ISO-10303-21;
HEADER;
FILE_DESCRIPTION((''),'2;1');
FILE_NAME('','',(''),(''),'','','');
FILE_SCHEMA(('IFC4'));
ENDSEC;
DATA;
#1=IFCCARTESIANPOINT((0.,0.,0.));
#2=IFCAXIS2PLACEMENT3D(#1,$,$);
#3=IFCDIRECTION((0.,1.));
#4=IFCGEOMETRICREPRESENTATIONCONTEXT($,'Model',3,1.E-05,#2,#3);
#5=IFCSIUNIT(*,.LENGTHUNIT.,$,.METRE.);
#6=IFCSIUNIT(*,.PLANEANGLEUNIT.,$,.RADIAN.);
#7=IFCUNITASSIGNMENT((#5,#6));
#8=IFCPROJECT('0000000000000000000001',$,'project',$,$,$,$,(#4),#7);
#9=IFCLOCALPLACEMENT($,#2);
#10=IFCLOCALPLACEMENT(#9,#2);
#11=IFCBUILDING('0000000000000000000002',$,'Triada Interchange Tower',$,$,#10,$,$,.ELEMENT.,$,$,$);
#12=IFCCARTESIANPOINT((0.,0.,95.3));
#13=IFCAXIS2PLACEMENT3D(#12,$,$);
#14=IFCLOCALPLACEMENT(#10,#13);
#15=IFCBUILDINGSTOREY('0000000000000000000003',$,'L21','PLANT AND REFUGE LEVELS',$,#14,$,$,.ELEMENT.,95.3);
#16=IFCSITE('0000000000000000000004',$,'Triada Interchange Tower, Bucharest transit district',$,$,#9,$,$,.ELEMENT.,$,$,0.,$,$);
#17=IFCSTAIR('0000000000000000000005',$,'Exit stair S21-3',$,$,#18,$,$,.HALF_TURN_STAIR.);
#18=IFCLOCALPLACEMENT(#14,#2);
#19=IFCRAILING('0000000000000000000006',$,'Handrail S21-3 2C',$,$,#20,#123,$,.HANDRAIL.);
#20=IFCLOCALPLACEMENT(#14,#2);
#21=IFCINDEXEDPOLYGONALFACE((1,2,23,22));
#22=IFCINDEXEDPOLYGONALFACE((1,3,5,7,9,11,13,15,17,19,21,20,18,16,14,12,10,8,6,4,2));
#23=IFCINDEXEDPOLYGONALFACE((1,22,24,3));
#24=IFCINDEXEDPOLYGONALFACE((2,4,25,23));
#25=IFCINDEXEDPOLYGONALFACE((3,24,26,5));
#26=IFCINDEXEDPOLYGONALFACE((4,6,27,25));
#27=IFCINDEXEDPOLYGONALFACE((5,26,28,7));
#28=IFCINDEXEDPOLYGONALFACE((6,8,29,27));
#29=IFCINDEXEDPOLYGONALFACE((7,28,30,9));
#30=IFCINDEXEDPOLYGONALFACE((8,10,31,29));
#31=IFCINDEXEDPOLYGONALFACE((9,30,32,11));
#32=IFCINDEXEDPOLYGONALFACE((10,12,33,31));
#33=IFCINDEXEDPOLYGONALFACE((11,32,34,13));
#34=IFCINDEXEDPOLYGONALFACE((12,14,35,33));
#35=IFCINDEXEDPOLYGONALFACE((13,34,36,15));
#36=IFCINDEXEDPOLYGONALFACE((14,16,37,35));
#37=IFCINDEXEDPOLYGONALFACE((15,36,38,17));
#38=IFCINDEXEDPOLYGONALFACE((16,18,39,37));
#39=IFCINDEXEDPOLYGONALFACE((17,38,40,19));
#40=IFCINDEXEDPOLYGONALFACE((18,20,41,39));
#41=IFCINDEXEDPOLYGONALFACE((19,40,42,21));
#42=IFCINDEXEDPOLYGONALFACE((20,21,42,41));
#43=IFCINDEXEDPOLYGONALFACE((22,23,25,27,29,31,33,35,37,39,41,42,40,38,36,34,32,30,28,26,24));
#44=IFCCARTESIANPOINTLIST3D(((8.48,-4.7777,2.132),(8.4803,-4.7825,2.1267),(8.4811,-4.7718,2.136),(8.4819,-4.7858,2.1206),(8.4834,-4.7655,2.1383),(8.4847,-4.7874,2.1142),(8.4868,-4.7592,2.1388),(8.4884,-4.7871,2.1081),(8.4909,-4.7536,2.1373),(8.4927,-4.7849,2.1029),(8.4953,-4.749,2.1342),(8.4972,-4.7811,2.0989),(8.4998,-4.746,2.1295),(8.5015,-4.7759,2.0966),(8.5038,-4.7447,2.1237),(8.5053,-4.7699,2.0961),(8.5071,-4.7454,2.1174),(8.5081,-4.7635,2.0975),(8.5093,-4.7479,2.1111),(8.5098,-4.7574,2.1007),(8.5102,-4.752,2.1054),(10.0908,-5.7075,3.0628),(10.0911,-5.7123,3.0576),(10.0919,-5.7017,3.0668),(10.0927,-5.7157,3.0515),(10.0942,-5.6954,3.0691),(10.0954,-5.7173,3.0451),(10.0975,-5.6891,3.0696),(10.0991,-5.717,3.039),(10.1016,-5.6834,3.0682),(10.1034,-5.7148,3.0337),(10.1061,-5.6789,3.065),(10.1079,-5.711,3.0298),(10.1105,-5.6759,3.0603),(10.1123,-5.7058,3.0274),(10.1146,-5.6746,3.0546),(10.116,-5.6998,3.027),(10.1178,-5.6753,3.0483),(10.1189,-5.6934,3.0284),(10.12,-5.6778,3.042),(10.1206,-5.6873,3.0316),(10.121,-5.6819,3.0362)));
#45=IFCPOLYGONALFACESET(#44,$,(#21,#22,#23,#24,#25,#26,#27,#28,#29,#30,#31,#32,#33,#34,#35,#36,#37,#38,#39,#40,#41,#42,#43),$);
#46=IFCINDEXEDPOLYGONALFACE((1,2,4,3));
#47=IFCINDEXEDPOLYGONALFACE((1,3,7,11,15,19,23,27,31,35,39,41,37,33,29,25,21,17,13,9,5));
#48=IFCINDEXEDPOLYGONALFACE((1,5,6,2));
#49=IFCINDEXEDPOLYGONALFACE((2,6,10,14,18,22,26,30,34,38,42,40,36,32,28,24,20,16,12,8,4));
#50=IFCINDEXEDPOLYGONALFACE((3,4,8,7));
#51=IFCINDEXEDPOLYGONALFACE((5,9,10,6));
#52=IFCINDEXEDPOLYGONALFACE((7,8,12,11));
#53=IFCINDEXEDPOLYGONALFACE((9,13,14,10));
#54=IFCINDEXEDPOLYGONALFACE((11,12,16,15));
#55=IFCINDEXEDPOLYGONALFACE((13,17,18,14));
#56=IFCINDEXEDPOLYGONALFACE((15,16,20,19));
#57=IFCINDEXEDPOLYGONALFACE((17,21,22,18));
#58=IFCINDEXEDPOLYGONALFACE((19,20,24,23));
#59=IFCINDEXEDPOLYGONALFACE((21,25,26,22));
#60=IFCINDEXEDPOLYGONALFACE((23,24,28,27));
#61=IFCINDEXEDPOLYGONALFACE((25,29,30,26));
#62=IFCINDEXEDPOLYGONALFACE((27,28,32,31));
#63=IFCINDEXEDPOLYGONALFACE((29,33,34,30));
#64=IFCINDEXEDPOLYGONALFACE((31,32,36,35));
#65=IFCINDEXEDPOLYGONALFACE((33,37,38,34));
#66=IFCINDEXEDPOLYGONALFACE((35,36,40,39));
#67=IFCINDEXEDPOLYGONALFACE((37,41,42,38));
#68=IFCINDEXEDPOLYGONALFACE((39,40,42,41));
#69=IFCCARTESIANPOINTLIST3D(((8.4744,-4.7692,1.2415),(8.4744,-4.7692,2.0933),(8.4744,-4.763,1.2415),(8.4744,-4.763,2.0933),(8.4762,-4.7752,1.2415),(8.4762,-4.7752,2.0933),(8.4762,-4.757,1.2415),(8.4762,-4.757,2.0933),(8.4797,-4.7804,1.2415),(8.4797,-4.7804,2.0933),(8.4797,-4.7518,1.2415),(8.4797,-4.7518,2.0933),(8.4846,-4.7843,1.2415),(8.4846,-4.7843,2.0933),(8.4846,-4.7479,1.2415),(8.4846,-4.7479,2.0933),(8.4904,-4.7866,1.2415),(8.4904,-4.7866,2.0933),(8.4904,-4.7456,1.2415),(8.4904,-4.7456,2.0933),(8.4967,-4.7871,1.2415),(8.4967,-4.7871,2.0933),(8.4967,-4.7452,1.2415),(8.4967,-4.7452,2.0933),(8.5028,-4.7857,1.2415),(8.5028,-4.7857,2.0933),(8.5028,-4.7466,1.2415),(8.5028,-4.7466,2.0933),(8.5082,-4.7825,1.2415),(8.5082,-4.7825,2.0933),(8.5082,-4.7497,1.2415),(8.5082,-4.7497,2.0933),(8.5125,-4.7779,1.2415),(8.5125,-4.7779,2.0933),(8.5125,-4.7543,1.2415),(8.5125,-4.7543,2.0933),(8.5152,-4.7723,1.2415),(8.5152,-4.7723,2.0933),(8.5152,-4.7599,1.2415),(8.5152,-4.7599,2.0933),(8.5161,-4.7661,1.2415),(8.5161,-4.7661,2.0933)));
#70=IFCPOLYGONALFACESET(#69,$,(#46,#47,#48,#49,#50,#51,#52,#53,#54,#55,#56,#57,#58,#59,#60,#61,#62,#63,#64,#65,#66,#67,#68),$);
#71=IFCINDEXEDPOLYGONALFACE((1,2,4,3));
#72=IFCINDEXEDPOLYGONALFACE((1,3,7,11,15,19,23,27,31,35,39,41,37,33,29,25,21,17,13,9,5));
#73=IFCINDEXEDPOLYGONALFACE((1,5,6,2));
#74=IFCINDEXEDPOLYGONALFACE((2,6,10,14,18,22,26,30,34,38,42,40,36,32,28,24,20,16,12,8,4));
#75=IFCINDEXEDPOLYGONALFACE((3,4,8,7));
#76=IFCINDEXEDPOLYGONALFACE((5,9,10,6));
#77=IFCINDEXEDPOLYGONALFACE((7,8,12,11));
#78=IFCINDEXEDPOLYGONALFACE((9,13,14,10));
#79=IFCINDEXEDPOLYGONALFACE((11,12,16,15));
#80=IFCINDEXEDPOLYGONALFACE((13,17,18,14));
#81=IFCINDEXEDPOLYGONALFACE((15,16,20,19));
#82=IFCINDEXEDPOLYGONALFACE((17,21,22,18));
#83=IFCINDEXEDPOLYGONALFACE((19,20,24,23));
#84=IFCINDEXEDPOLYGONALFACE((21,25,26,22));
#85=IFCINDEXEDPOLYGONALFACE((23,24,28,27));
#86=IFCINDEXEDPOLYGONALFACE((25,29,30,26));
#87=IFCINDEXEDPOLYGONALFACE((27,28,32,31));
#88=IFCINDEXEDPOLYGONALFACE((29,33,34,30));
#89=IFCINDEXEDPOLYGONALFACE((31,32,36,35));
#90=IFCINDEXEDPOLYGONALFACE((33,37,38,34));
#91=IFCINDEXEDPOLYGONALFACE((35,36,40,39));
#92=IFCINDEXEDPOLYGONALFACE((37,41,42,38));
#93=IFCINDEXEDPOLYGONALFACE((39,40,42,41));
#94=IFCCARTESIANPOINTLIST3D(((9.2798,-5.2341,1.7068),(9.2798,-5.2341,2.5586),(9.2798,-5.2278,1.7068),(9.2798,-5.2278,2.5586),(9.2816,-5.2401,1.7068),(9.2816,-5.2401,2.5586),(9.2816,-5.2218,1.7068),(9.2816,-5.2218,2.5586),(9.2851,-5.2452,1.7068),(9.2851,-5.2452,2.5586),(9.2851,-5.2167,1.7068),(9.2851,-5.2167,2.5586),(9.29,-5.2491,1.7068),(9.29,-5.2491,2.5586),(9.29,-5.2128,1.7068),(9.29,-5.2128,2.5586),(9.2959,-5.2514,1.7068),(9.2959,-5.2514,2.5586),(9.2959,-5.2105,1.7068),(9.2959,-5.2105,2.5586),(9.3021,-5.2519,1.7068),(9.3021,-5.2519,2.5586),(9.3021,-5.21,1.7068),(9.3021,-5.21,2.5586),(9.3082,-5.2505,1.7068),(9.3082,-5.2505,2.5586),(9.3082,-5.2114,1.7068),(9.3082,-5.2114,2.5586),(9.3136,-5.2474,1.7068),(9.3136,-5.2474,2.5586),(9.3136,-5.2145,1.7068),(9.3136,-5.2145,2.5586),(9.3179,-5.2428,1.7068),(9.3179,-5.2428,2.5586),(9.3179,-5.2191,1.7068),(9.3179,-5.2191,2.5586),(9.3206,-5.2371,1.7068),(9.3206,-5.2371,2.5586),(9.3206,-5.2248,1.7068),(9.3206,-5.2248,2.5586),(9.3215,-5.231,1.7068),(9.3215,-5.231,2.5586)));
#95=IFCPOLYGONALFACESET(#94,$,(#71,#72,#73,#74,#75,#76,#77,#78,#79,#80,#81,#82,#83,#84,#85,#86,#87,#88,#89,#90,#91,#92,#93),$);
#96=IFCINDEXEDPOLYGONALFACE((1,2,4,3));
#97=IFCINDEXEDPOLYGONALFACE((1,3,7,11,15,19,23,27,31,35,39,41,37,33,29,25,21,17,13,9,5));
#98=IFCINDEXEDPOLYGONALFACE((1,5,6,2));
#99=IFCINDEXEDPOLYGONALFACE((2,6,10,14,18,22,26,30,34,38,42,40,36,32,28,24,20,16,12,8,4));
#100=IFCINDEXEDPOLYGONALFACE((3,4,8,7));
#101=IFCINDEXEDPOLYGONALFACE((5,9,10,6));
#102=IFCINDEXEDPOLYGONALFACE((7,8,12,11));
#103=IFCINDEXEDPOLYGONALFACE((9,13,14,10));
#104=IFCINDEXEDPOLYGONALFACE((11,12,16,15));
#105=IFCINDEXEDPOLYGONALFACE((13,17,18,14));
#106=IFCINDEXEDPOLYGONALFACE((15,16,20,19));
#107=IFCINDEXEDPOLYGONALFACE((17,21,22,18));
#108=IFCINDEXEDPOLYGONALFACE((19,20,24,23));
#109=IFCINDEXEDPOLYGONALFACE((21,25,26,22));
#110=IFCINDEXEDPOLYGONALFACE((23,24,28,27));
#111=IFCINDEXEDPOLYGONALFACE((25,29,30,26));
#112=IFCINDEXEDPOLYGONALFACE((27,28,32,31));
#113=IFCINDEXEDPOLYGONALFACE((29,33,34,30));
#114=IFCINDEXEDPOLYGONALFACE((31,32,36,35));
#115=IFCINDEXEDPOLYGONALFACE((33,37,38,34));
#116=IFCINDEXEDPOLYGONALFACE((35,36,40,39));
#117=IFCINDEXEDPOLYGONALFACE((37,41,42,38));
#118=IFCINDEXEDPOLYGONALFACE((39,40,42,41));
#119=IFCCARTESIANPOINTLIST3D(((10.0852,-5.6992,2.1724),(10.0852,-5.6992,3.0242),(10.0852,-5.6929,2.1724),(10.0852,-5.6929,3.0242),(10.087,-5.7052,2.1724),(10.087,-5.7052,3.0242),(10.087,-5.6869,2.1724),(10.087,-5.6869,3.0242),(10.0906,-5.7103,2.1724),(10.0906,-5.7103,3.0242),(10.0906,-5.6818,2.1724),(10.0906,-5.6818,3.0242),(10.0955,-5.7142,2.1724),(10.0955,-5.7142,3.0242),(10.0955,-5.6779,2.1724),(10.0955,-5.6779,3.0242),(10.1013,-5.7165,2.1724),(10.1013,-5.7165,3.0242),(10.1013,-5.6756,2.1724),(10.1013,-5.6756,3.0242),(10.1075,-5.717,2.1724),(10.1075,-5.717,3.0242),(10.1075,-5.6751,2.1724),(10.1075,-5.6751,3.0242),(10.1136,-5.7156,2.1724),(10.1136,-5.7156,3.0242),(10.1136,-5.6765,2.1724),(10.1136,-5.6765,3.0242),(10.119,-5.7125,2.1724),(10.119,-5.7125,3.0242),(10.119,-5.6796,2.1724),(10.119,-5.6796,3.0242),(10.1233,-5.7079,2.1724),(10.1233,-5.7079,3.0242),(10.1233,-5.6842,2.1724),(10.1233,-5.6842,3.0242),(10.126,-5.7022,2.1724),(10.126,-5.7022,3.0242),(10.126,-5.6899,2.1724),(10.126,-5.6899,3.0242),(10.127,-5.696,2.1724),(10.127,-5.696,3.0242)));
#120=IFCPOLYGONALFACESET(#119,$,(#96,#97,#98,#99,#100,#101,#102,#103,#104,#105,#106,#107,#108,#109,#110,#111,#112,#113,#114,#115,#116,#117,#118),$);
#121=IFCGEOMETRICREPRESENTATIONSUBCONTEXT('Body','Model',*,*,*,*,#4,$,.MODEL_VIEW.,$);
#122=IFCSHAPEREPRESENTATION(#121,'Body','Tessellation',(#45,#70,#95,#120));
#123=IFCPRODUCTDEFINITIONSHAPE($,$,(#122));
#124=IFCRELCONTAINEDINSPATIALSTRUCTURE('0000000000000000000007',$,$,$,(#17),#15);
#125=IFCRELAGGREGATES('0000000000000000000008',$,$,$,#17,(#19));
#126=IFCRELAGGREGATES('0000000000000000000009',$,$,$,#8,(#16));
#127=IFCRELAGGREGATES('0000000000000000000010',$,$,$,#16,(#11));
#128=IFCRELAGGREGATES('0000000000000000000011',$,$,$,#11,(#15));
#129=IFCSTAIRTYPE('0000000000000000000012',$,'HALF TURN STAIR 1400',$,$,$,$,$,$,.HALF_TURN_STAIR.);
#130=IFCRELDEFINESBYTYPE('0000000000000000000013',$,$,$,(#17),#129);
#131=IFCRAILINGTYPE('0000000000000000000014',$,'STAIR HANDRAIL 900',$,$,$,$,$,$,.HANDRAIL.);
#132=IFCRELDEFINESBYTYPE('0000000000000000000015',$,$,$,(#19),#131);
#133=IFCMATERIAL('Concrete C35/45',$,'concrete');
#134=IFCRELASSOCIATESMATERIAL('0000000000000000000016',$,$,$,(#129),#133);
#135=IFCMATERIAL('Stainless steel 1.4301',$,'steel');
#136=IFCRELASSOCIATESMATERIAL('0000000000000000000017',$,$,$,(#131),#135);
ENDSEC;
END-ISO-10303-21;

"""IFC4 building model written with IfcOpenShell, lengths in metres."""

from ifc_helpers import new_model, si_unit, direction, frame, origin, origin_2d, place, context, subcontext, project, spatial, circle, extrude, material, type_object, element, aggregate, save


model = new_model("IFC4")

# Units and contexts
model_context = context("Model", 3, precision=1e-05, world=origin(), true_north=direction((0.0, 1.0)))
body_context = subcontext(model_context, "Body", "Model", "MODEL_VIEW")
ifc_project = project(units=[si_unit("LENGTHUNIT", "METRE"), si_unit("PLANEANGLEUNIT", "RADIAN")], contexts=[model_context])

# Site, building, storey
site_placement = place(None, origin())
site = spatial("IfcSite", under=ifc_project, at=site_placement, Name="Triada Interchange Tower, Bucharest transit district", CompositionType="ELEMENT", RefElevation=0.0)
building_placement = place(site_placement, origin())
building = spatial("IfcBuilding", under=site, at=building_placement, Name="Triada Interchange Tower", CompositionType="ELEMENT")
storey_placement = place(building_placement, frame((0.0, 0.0, 95.3)))
storey = spatial("IfcBuildingStorey", under=building, at=storey_placement, Name="L21", Description="PLANT AND REFUGE LEVELS", CompositionType="ELEMENT", Elevation=95.3)

# Shared definitions
ifc_material_1 = material(Name="Concrete C35/45", Category="concrete")

# Stair, railing
stair_type = type_object("IfcStairType", Name="HALF TURN STAIR 1400", PredefinedType="HALF_TURN_STAIR", material=ifc_material_1)
stair_placement = place(storey_placement, origin())
stair = element("IfcStair", 1, at=stair_placement, inside=storey, type_object=stair_type, Name="Exit stair S21-3", PredefinedType="HALF_TURN_STAIR")
ifc_material_2 = material(Name="Stainless steel 1.4301", Category="steel")
railing_type_1 = type_object("IfcRailingType", Name="STAIR HANDRAIL 900", PredefinedType="HANDRAIL", material=ifc_material_2)
railing_1_placement = place(storey_placement, frame((8.4951, -4.7661, 1.2415)))
railing_1 = element("IfcRailing", 2, at=railing_1_placement, type_object=railing_type_1, Name="Handrail S21-3 2C", PredefinedType="HANDRAIL", context=body_context, shape_type="SweptSolid", body=[
    extrude(circle(Radius=0.0239, at=origin_2d()), frame((0.0, 0.0, 0.876), z_axis=(0.774463, -0.447095, 0.447564), x_axis=(0.499965, 0.866046, 0.0)), (0.0, 0.0, 1.0), 2.0798),
    extrude(circle(Radius=0.021, at=origin_2d()), origin(), (0.0, 0.0, 1.0), 0.8518),
    extrude(circle(Radius=0.021, at=origin_2d()), frame((0.8054, -0.4648, 0.4653)), (0.0, 0.0, 1.0), 0.8518),
    extrude(circle(Radius=0.021, at=origin_2d()), frame((1.6108, -0.9299, 0.9309)), (0.0, 0.0, 1.0), 0.8518),
])
aggregate(stair, [railing_1])

save(model, "model.ifc")
